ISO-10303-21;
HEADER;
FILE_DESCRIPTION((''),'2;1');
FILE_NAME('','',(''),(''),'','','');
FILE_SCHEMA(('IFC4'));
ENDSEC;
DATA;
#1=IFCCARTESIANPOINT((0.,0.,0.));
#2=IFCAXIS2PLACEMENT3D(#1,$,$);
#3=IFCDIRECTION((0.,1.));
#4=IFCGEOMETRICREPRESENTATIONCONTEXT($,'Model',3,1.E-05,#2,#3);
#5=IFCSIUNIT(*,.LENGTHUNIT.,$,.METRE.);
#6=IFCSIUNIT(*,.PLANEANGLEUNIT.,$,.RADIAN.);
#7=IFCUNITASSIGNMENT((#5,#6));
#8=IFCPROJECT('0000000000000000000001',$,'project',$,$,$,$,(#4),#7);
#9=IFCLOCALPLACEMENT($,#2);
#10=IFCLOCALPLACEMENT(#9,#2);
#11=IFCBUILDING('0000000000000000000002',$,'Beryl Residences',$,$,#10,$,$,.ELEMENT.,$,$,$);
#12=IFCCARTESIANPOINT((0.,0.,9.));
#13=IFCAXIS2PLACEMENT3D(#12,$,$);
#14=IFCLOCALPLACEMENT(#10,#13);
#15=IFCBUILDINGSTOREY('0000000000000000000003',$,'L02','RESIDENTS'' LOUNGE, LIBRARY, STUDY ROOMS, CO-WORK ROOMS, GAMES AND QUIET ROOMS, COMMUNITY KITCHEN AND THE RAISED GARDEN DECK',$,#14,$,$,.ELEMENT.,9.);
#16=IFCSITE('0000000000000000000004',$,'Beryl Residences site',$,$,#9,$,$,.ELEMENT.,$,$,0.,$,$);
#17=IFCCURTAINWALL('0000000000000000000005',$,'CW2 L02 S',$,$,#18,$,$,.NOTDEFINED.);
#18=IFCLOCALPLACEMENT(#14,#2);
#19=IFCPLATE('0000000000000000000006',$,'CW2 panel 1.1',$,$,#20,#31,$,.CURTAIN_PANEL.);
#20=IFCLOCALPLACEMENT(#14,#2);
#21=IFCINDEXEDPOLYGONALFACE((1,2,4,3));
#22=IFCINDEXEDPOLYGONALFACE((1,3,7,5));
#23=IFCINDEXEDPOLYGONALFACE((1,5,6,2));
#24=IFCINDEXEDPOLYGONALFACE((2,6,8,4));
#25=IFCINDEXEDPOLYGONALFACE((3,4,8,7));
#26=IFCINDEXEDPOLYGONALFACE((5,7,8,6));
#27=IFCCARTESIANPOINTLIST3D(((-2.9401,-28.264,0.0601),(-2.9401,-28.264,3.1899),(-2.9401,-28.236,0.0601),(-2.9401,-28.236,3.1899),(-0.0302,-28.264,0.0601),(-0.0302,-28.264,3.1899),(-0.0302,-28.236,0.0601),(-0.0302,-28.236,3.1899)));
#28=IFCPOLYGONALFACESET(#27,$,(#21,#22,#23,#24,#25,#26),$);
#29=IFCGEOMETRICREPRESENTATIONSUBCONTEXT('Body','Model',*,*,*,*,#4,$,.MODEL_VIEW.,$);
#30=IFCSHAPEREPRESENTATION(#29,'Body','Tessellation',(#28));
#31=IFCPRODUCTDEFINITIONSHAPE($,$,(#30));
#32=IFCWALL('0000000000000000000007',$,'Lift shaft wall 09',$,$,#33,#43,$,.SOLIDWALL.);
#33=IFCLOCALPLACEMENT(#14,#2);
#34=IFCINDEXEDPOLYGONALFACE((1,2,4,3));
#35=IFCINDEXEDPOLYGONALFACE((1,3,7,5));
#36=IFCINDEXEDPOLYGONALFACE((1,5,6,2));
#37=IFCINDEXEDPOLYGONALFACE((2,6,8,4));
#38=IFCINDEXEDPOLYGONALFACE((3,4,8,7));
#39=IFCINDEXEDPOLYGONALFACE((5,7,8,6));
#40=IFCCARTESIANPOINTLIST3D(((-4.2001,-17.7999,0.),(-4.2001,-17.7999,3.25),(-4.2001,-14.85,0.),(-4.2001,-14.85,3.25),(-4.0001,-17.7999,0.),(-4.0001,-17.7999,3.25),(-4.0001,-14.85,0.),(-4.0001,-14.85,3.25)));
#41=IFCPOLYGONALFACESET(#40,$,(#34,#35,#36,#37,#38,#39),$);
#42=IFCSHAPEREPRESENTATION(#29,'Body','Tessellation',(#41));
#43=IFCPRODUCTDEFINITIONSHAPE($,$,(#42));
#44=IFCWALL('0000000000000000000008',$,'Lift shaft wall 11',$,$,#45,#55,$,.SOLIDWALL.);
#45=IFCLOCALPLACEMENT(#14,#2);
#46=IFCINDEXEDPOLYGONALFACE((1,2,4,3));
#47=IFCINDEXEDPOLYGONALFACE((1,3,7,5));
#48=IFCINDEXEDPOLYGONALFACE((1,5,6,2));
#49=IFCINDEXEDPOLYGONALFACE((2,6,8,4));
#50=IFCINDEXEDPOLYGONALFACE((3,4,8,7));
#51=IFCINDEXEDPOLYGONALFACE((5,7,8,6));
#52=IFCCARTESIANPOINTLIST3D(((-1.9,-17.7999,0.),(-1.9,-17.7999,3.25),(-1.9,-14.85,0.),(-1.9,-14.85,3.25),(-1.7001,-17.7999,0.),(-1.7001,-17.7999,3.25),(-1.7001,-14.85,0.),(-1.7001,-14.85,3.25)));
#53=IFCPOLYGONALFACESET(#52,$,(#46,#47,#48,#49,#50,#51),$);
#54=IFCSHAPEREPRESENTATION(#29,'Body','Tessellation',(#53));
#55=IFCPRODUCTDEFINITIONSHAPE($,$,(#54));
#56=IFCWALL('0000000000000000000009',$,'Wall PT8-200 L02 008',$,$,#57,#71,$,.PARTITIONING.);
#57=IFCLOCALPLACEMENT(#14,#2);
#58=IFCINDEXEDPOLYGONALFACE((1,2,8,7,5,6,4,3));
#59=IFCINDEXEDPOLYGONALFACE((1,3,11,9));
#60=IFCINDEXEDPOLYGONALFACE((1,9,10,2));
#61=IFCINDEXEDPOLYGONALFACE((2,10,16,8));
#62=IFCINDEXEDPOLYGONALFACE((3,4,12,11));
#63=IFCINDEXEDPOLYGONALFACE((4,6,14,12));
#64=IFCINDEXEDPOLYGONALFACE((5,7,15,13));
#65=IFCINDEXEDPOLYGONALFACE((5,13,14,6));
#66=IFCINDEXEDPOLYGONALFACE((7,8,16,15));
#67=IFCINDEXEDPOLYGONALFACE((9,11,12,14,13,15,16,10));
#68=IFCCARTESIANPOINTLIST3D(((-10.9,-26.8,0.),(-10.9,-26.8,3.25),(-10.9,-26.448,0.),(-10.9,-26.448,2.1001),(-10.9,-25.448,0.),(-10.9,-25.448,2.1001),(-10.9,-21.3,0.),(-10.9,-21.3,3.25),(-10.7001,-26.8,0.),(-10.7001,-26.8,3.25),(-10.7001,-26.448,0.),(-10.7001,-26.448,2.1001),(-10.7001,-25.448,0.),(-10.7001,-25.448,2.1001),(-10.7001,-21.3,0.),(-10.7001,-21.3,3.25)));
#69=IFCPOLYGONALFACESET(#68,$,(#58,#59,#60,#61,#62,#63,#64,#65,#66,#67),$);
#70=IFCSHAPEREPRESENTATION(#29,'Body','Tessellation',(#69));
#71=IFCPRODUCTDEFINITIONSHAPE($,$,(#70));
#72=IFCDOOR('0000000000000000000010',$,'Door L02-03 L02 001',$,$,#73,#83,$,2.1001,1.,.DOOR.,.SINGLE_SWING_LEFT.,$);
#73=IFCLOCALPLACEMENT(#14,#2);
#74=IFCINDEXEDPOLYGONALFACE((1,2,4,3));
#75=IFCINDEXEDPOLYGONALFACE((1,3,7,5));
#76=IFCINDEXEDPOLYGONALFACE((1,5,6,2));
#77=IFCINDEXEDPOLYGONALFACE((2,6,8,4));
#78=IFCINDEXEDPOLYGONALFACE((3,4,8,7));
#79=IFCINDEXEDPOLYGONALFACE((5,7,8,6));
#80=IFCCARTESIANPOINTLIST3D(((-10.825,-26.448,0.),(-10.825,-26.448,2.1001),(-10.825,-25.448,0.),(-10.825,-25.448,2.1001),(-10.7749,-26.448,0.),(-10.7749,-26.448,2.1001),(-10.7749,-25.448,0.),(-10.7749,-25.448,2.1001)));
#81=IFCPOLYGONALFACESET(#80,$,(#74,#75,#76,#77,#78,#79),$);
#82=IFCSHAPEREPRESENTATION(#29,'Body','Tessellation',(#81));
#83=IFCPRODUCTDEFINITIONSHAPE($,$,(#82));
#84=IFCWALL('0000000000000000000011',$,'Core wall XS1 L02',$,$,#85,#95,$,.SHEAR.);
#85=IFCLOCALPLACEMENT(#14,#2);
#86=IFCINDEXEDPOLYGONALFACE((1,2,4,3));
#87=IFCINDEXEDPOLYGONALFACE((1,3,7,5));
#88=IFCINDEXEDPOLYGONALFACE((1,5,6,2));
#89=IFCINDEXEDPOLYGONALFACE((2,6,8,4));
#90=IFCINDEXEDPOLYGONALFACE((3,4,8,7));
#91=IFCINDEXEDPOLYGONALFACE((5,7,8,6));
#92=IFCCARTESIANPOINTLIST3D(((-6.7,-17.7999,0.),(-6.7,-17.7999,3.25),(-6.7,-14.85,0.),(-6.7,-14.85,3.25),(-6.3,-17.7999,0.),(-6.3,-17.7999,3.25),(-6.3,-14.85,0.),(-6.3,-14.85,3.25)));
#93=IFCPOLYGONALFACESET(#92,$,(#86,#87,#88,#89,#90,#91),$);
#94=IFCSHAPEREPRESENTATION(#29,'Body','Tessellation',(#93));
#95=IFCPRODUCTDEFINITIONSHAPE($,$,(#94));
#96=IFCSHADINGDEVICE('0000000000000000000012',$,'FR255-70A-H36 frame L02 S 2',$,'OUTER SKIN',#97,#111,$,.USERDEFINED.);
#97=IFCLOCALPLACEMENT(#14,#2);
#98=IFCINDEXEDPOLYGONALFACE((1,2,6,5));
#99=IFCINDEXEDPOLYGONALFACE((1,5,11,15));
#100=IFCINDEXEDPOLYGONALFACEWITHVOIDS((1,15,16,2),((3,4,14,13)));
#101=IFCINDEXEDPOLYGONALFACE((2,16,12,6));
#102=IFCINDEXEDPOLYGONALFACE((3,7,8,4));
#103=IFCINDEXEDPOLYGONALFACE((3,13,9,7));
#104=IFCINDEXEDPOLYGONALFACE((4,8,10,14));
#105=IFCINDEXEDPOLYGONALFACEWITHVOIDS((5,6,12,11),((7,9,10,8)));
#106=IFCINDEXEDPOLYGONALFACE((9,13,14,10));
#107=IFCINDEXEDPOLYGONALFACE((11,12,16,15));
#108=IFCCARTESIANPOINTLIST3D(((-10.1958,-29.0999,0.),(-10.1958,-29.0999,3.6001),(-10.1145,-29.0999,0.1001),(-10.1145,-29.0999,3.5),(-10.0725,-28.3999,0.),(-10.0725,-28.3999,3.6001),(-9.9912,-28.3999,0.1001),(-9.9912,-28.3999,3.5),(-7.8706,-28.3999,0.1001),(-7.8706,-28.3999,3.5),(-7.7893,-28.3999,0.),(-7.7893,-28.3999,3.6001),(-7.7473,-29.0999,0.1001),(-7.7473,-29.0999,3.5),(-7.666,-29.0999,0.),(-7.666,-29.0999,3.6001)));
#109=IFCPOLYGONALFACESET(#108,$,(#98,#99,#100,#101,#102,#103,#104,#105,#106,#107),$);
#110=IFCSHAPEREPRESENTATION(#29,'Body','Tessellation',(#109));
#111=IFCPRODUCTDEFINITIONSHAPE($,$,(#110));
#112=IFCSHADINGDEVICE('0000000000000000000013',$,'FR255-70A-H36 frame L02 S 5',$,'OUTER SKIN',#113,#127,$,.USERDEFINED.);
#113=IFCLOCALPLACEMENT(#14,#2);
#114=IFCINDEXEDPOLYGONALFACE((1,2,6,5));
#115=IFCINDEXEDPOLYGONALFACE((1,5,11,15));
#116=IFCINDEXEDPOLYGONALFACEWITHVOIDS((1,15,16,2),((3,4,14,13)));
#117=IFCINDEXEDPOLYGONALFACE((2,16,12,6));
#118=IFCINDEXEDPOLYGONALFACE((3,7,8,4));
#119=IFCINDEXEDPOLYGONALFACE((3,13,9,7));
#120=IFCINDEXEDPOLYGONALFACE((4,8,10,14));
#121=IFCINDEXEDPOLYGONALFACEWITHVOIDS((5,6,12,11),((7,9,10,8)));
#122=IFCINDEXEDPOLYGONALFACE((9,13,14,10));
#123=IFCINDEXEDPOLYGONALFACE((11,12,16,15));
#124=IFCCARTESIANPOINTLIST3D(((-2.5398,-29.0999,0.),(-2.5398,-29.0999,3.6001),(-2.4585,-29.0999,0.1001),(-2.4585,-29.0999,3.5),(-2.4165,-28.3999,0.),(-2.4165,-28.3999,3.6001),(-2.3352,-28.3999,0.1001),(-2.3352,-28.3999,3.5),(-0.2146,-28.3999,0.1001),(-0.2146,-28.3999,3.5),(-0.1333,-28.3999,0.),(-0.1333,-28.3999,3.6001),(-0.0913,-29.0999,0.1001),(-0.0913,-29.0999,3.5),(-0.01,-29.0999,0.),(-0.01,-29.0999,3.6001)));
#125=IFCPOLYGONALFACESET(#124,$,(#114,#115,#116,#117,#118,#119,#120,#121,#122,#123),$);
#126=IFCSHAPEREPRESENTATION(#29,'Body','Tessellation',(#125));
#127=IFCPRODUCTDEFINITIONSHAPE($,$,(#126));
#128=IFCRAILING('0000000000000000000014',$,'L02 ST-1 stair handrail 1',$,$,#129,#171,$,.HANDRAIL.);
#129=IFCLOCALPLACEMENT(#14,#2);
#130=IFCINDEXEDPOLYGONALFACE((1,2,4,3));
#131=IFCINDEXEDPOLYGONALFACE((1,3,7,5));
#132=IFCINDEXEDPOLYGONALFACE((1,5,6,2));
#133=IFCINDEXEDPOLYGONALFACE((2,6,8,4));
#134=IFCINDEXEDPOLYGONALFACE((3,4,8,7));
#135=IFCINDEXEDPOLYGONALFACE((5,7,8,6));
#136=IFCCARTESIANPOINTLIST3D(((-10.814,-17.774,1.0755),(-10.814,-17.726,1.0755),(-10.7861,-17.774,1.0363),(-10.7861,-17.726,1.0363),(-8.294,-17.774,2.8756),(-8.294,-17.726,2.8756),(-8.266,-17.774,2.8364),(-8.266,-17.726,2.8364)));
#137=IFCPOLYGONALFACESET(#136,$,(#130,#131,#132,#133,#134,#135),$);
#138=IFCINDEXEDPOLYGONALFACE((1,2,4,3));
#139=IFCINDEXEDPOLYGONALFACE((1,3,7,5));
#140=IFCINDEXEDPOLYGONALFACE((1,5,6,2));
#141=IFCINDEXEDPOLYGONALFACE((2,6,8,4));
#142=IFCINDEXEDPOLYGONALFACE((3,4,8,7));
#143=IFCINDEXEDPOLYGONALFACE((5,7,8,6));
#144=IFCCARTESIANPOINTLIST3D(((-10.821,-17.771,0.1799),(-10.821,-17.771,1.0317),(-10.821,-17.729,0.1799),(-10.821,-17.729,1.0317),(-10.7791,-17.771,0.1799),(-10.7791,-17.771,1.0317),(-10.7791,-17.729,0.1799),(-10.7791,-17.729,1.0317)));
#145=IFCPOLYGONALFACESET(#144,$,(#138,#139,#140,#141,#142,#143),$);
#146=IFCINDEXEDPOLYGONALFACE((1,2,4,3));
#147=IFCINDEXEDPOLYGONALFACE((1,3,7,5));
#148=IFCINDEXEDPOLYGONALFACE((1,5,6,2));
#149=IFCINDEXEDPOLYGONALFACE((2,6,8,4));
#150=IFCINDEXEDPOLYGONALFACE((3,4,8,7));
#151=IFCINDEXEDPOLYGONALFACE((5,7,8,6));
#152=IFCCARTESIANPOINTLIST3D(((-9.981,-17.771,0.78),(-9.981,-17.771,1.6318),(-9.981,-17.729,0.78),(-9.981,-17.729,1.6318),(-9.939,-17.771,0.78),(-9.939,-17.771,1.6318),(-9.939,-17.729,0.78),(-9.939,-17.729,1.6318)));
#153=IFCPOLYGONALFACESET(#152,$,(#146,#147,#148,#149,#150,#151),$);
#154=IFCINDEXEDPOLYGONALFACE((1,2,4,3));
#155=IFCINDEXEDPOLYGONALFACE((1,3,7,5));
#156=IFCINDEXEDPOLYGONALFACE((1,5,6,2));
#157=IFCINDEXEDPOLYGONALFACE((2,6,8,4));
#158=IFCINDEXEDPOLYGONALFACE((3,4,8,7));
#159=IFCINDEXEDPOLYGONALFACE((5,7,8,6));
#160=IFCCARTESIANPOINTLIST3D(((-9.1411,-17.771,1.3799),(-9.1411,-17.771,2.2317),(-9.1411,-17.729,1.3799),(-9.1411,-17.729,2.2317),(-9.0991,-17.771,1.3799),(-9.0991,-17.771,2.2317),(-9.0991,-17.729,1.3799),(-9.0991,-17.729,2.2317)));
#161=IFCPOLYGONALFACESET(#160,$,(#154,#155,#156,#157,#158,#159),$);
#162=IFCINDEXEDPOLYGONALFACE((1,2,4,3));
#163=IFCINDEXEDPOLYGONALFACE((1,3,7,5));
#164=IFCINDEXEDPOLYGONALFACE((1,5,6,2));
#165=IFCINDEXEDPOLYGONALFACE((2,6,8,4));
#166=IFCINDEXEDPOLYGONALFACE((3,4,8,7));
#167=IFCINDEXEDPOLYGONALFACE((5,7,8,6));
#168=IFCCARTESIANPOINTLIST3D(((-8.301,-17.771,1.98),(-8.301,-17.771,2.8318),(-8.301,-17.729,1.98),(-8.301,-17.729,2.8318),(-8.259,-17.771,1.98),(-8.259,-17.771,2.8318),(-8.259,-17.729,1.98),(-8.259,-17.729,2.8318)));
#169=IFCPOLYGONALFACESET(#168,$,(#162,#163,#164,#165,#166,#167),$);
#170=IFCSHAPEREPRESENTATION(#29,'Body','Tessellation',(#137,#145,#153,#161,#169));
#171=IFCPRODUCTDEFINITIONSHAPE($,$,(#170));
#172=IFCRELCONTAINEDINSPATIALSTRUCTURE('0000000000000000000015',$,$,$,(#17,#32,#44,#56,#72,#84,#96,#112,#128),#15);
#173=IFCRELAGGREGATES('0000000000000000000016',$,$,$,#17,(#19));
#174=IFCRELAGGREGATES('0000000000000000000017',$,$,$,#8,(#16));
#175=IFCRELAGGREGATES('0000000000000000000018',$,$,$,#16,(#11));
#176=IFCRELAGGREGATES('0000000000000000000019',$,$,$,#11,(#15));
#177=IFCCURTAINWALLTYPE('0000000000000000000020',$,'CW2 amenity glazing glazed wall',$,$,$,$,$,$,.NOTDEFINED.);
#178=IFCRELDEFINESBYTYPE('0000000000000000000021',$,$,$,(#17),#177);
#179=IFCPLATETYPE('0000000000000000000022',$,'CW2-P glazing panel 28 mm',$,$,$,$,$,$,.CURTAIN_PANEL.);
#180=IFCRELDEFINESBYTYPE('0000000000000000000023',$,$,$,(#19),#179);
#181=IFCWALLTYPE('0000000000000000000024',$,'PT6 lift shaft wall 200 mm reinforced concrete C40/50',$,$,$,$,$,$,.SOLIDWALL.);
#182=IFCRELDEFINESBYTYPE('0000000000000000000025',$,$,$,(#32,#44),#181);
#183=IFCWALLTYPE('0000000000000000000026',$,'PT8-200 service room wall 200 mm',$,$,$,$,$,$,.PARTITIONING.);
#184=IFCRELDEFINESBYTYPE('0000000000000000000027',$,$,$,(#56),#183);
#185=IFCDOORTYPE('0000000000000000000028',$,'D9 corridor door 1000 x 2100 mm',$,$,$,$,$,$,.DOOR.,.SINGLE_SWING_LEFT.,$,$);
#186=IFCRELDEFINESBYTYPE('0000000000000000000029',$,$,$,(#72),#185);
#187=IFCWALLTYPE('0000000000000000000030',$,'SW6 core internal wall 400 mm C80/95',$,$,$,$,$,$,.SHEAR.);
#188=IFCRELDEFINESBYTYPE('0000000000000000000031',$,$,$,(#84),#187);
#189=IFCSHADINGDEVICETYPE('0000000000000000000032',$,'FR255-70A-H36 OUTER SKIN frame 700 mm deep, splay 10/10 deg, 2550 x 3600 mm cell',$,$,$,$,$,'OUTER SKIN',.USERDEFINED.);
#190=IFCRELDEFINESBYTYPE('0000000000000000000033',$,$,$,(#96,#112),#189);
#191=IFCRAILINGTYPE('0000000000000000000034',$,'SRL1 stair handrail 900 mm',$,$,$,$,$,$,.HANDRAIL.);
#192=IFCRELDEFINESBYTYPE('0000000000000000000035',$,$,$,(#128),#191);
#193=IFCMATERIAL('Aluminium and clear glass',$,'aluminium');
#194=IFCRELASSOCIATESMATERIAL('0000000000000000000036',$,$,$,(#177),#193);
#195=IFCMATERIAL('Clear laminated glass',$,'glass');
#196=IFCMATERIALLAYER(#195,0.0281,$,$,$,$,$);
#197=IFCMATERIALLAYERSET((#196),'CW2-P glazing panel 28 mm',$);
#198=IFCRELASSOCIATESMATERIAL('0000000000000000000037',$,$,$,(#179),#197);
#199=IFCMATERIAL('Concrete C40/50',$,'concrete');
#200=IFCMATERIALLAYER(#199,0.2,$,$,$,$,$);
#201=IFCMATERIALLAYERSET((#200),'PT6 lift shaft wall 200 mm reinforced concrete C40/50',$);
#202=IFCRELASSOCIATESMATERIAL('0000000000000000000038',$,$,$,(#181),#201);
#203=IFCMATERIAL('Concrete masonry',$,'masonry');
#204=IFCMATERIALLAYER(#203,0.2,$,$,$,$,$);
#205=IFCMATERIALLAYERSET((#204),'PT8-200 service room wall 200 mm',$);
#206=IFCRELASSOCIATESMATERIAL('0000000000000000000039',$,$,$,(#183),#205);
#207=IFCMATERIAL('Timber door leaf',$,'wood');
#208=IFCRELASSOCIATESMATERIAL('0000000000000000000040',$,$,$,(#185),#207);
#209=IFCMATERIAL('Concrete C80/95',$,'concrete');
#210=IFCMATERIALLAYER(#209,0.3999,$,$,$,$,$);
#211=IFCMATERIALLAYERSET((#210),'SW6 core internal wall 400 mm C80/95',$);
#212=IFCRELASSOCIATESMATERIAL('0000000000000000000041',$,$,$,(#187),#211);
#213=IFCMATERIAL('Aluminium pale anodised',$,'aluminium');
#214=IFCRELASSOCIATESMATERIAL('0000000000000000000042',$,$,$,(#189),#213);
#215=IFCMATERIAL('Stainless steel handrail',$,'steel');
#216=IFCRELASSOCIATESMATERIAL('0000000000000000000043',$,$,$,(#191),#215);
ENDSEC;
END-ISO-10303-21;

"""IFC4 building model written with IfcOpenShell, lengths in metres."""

from ifc_helpers import new_model, entity, si_unit, direction, frame, frame_2d, origin, origin_2d, place, context, subcontext, project, spatial, rectangle, extrude, source, transform, mapped, material, layer, layer_set, type_object, type_shapes, element, fill, aggregate, save


model = new_model("IFC4")

# Units and contexts
model_context = context("Model", 3, precision=1e-05, world=origin(), true_north=direction((0.0, 1.0)))
body_context = subcontext(model_context, "Body", "Model", "MODEL_VIEW")
ifc_project = project(units=[si_unit("LENGTHUNIT", "METRE"), si_unit("PLANEANGLEUNIT", "RADIAN")], contexts=[model_context])

# Site, building, storey
site_placement = place(None, origin())
site = spatial("IfcSite", under=ifc_project, at=site_placement, Name="Beryl Residences site", CompositionType="ELEMENT", RefElevation=0.0)
building_placement = place(site_placement, origin())
building = spatial("IfcBuilding", under=site, at=building_placement, Name="Beryl Residences", CompositionType="ELEMENT")
storey_placement = place(building_placement, frame((0.0, 0.0, 9.0)))
storey = spatial("IfcBuildingStorey", under=building, at=storey_placement, Name="L02", Description="RESIDENTS' LOUNGE, LIBRARY, STUDY ROOMS, CO-WORK ROOMS, GAMES AND QUIET ROOMS, COMMUNITY KITCHEN AND THE RAISED GARDEN DECK", CompositionType="ELEMENT", Elevation=9.0)

# Curtain wall
ifc_material_1 = material(Name="Aluminium and clear glass", Category="aluminium")
curtain_wall_type = type_object("IfcCurtainWallType", Name="CW2 amenity glazing glazed wall", PredefinedType="NOTDEFINED", material=ifc_material_1)
curtain_wall_1_placement = place(storey_placement, origin())
curtain_wall_1 = element("IfcCurtainWall", 1, at=curtain_wall_1_placement, inside=storey, type_object=curtain_wall_type, Name="CW2 L02 S", PredefinedType="NOTDEFINED")

# Plate
ifc_material_2 = material(Name="Clear laminated glass", Category="glass")
ifc_layer_1 = layer(ifc_material_2, 0.0281)
ifc_layer_set_1 = layer_set([ifc_layer_1], Name="CW2-P glazing panel 28 mm")
plate_type = type_object("IfcPlateType", Name="CW2-P glazing panel 28 mm", PredefinedType="CURTAIN_PANEL", material=ifc_layer_set_1)
plate_1_placement = place(storey_placement, frame((-1.4851, -28.25, 0.0601), z_axis=(0.0, 0.0, 1.0), x_axis=(1.0, 0.0, 0.0)))
plate_1 = element("IfcPlate", 2, at=plate_1_placement, type_object=plate_type, Name="CW2 panel 1.1", PredefinedType="CURTAIN_PANEL", context=body_context, shape_type="SweptSolid", body=[
    extrude(rectangle(XDim=2.9099, YDim=0.0281, at=origin_2d()), origin(), (0.0, 0.0, 1.0), 3.1299),
])
aggregate(curtain_wall_1, [plate_1])

# Walls
ifc_material_3 = material(Name="Concrete C40/50", Category="concrete")
ifc_layer_2 = layer(ifc_material_3, 0.2)
ifc_layer_set_2 = layer_set([ifc_layer_2], Name="PT6 lift shaft wall 200 mm reinforced concrete C40/50")
wall_type_1 = type_object("IfcWallType", Name="PT6 lift shaft wall 200 mm reinforced concrete C40/50", PredefinedType="SOLIDWALL", material=ifc_layer_set_2)
for number, where, z_axis, x_axis, name in (
    (3, (-4.1001, -17.8, 0.0), (0.0, 0.0, 1.0), (0.0, 1.0, 0.0), "Lift shaft wall 09"),
    (4, (-1.8, -17.8, 0.0), (0.0, 0.0, 1.0), (0.0, 1.0, 0.0), "Lift shaft wall 11"),
):
    element("IfcWall", number, at=place(storey_placement, frame(where, z_axis=z_axis, x_axis=x_axis)), inside=storey, type_object=wall_type_1, Name=name, PredefinedType="SOLIDWALL", context=body_context, shape_type="SweptSolid", body=[
        extrude(rectangle(XDim=2.95, YDim=0.2, at=frame_2d((1.4751, 0.0))), origin(), (0.0, 0.0, 1.0), 3.25),
    ])

# Wall, opening, door
ifc_material_4 = material(Name="Concrete masonry", Category="masonry")
ifc_layer_3 = layer(ifc_material_4, 0.2)
ifc_layer_set_3 = layer_set([ifc_layer_3], Name="PT8-200 service room wall 200 mm")
wall_type_2 = type_object("IfcWallType", Name="PT8-200 service room wall 200 mm", PredefinedType="PARTITIONING", material=ifc_layer_set_3)
wall_1_placement = place(storey_placement, frame((-10.8, -26.8, 0.0), z_axis=(0.0, 0.0, 1.0), x_axis=(0.0, 1.0, 0.0)))
wall_1 = element("IfcWall", 5, at=wall_1_placement, inside=storey, type_object=wall_type_2, Name="Wall PT8-200 L02 008", PredefinedType="PARTITIONING", context=body_context, shape_type="SweptSolid", body=[
    extrude(rectangle(XDim=5.5, YDim=0.2, at=frame_2d((2.75, 0.0))), origin(), (0.0, 0.0, 1.0), 3.25),
])
opening_1_placement = place(wall_1_placement, frame((0.3521, 0.0, 0.0)))
opening_1 = element("IfcOpeningElement", 6, at=opening_1_placement, cuts=wall_1, PredefinedType="OPENING", context=body_context, shape_type="SweptSolid", body=[
    extrude(rectangle(XDim=1.0, YDim=2.1001, at=frame_2d((0.5, 1.05))), frame((0.0, 0.1099, 0.0), z_axis=(0.0, -1.0, 0.0), x_axis=(1.0, 0.0, 0.0)), (0.0, 0.0, 1.0), 0.22),
])
ifc_material_5 = material(Name="Timber door leaf", Category="wood")
door_type_1 = type_object("IfcDoorType", Name="D9 corridor door 1000 x 2100 mm", OperationType="SINGLE_SWING_LEFT", PredefinedType="DOOR", material=ifc_material_5)
door_1_placement = place(opening_1_placement, origin())
door_1 = element("IfcDoor", 7, at=door_1_placement, inside=storey, type_object=door_type_1, Name="Door L02-03 L02 001", OperationType="SINGLE_SWING_LEFT", OverallHeight=2.1001, OverallWidth=1.0, PredefinedType="DOOR", context=body_context, shape_type="SweptSolid", body=[
    extrude(rectangle(XDim=1.0, YDim=2.1001, at=frame_2d((0.5, 1.05))), frame((0.0, 0.0249, 0.0), z_axis=(0.0, -1.0, 0.0), x_axis=(1.0, 0.0, 0.0)), (0.0, 0.0, 1.0), 0.05),
])
fill(opening_1, door_1)

# Wall
ifc_material_6 = material(Name="Concrete C80/95", Category="concrete")
ifc_layer_4 = layer(ifc_material_6, 0.3999)
ifc_layer_set_4 = layer_set([ifc_layer_4], Name="SW6 core internal wall 400 mm C80/95")
wall_type_3 = type_object("IfcWallType", Name="SW6 core internal wall 400 mm C80/95", PredefinedType="SHEAR", material=ifc_layer_set_4)
wall_2_placement = place(storey_placement, frame((-6.5, -17.8, 0.0), z_axis=(0.0, 0.0, 1.0), x_axis=(0.0, 1.0, 0.0)))
element("IfcWall", 8, at=wall_2_placement, inside=storey, type_object=wall_type_3, Name="Core wall XS1 L02", PredefinedType="SHEAR", context=body_context, shape_type="SweptSolid", body=[
    extrude(rectangle(XDim=2.95, YDim=0.3999, at=frame_2d((1.4751, 0.0))), origin(), (0.0, 0.0, 1.0), 3.25),
])

# Shading devices
ifc_material_7 = material(Name="Aluminium pale anodised", Category="aluminium")
shading_device_type = type_object("IfcShadingDeviceType", Name="FR255-70A-H36 OUTER SKIN frame 700 mm deep, splay 10/10 deg, 2550 x 3600 mm cell", ElementType="OUTER SKIN", PredefinedType="USERDEFINED", material=ifc_material_7)
cartesian_point_1 = entity("IfcCartesianPoint", [-1.1416, 0.0])
cartesian_point_2 = entity("IfcCartesianPoint", [-1.0603, 0.1001])
cartesian_point_3 = entity("IfcCartesianPoint", [-1.2649, 0.0])
cartesian_point_4 = entity("IfcCartesianPoint", [-1.1836, 0.1001])
shared_shape = source(origin(), body_context, "Body", "SweptSolid", [
    entity("IfcExtrudedAreaSolidTapered", entity("IfcArbitraryProfileDefWithVoids", "AREA", None, entity("IfcPolyline", [cartesian_point_1, entity("IfcCartesianPoint", [1.1416, 0.0]), entity("IfcCartesianPoint", [1.1416, 3.6001]), entity("IfcCartesianPoint", [-1.1416, 3.6001]), cartesian_point_1]), [entity("IfcPolyline", [cartesian_point_2, entity("IfcCartesianPoint", [1.0603, 0.1001]), entity("IfcCartesianPoint", [1.0603, 3.5]), entity("IfcCartesianPoint", [-1.0603, 3.5]), cartesian_point_2])]), entity("IfcAxis2Placement3D", entity("IfcCartesianPoint", [0.0, 0.0, 0.0]), entity("IfcDirection", [0.0, 1.0, 0.0]), entity("IfcDirection", [-1.0, 0.0, 0.0])), entity("IfcDirection", [0.0, 0.0, 1.0]), 0.7, entity("IfcArbitraryProfileDefWithVoids", "AREA", None, entity("IfcPolyline", [cartesian_point_3, entity("IfcCartesianPoint", [1.2649, 0.0]), entity("IfcCartesianPoint", [1.2649, 3.6001]), entity("IfcCartesianPoint", [-1.2649, 3.6001]), cartesian_point_3]), [entity("IfcPolyline", [cartesian_point_4, entity("IfcCartesianPoint", [1.1836, 0.1001]), entity("IfcCartesianPoint", [1.1836, 3.5]), entity("IfcCartesianPoint", [-1.1836, 3.5]), cartesian_point_4])])),
])
type_shapes(shading_device_type, [shared_shape])
for number, where, z_axis, x_axis, name in (
    (9, (-8.9309, -28.3999, 0.0), (0.0, 0.0, 1.0), (-1.0, 0.0, 0.0), "FR255-70A-H36 frame L02 S 2"),
    (10, (-1.2749, -28.3999, 0.0), (0.0, 0.0, 1.0), (-1.0, 0.0, 0.0), "FR255-70A-H36 frame L02 S 5"),
):
    element("IfcShadingDevice", number, at=place(storey_placement, frame(where, z_axis=z_axis, x_axis=x_axis)), inside=storey, type_object=shading_device_type, Name=name, ObjectType="OUTER SKIN", PredefinedType="USERDEFINED", context=body_context, shape_type="MappedRepresentation", body=[
        mapped(shared_shape, transform((0.0, 0.0, 0.0))),
    ])

# Railing
ifc_material_8 = material(Name="Stainless steel handrail", Category="steel")
railing_type = type_object("IfcRailingType", Name="SRL1 stair handrail 900 mm", PredefinedType="HANDRAIL", material=ifc_material_8)
railing_placement = place(storey_placement, frame((-10.8, -17.75, 0.1799)))
element("IfcRailing", 11, at=railing_placement, inside=storey, type_object=railing_type, Name="L02 ST-1 stair handrail 1", PredefinedType="HANDRAIL", context=body_context, shape_type="SweptSolid", body=[
    extrude(rectangle(XDim=0.0481, YDim=0.0481, at=origin_2d()), frame((0.0, 0.0, 0.876), z_axis=(0.813728, 0.0, 0.581246), x_axis=(0.0, 1.0, 0.0)), (0.0, 0.0, 1.0), 3.0969),
    extrude(rectangle(XDim=0.042, YDim=0.042, at=origin_2d()), origin(), (0.0, 0.0, 1.0), 0.8518),
    extrude(rectangle(XDim=0.042, YDim=0.042, at=origin_2d()), frame((0.8401, 0.0, 0.6001)), (0.0, 0.0, 1.0), 0.8518),
    extrude(rectangle(XDim=0.042, YDim=0.042, at=origin_2d()), frame((1.6799, 0.0, 1.2)), (0.0, 0.0, 1.0), 0.8518),
    extrude(rectangle(XDim=0.042, YDim=0.042, at=origin_2d()), frame((2.52, 0.0, 1.8)), (0.0, 0.0, 1.0), 0.8518),
])

save(model, "model.ifc")
